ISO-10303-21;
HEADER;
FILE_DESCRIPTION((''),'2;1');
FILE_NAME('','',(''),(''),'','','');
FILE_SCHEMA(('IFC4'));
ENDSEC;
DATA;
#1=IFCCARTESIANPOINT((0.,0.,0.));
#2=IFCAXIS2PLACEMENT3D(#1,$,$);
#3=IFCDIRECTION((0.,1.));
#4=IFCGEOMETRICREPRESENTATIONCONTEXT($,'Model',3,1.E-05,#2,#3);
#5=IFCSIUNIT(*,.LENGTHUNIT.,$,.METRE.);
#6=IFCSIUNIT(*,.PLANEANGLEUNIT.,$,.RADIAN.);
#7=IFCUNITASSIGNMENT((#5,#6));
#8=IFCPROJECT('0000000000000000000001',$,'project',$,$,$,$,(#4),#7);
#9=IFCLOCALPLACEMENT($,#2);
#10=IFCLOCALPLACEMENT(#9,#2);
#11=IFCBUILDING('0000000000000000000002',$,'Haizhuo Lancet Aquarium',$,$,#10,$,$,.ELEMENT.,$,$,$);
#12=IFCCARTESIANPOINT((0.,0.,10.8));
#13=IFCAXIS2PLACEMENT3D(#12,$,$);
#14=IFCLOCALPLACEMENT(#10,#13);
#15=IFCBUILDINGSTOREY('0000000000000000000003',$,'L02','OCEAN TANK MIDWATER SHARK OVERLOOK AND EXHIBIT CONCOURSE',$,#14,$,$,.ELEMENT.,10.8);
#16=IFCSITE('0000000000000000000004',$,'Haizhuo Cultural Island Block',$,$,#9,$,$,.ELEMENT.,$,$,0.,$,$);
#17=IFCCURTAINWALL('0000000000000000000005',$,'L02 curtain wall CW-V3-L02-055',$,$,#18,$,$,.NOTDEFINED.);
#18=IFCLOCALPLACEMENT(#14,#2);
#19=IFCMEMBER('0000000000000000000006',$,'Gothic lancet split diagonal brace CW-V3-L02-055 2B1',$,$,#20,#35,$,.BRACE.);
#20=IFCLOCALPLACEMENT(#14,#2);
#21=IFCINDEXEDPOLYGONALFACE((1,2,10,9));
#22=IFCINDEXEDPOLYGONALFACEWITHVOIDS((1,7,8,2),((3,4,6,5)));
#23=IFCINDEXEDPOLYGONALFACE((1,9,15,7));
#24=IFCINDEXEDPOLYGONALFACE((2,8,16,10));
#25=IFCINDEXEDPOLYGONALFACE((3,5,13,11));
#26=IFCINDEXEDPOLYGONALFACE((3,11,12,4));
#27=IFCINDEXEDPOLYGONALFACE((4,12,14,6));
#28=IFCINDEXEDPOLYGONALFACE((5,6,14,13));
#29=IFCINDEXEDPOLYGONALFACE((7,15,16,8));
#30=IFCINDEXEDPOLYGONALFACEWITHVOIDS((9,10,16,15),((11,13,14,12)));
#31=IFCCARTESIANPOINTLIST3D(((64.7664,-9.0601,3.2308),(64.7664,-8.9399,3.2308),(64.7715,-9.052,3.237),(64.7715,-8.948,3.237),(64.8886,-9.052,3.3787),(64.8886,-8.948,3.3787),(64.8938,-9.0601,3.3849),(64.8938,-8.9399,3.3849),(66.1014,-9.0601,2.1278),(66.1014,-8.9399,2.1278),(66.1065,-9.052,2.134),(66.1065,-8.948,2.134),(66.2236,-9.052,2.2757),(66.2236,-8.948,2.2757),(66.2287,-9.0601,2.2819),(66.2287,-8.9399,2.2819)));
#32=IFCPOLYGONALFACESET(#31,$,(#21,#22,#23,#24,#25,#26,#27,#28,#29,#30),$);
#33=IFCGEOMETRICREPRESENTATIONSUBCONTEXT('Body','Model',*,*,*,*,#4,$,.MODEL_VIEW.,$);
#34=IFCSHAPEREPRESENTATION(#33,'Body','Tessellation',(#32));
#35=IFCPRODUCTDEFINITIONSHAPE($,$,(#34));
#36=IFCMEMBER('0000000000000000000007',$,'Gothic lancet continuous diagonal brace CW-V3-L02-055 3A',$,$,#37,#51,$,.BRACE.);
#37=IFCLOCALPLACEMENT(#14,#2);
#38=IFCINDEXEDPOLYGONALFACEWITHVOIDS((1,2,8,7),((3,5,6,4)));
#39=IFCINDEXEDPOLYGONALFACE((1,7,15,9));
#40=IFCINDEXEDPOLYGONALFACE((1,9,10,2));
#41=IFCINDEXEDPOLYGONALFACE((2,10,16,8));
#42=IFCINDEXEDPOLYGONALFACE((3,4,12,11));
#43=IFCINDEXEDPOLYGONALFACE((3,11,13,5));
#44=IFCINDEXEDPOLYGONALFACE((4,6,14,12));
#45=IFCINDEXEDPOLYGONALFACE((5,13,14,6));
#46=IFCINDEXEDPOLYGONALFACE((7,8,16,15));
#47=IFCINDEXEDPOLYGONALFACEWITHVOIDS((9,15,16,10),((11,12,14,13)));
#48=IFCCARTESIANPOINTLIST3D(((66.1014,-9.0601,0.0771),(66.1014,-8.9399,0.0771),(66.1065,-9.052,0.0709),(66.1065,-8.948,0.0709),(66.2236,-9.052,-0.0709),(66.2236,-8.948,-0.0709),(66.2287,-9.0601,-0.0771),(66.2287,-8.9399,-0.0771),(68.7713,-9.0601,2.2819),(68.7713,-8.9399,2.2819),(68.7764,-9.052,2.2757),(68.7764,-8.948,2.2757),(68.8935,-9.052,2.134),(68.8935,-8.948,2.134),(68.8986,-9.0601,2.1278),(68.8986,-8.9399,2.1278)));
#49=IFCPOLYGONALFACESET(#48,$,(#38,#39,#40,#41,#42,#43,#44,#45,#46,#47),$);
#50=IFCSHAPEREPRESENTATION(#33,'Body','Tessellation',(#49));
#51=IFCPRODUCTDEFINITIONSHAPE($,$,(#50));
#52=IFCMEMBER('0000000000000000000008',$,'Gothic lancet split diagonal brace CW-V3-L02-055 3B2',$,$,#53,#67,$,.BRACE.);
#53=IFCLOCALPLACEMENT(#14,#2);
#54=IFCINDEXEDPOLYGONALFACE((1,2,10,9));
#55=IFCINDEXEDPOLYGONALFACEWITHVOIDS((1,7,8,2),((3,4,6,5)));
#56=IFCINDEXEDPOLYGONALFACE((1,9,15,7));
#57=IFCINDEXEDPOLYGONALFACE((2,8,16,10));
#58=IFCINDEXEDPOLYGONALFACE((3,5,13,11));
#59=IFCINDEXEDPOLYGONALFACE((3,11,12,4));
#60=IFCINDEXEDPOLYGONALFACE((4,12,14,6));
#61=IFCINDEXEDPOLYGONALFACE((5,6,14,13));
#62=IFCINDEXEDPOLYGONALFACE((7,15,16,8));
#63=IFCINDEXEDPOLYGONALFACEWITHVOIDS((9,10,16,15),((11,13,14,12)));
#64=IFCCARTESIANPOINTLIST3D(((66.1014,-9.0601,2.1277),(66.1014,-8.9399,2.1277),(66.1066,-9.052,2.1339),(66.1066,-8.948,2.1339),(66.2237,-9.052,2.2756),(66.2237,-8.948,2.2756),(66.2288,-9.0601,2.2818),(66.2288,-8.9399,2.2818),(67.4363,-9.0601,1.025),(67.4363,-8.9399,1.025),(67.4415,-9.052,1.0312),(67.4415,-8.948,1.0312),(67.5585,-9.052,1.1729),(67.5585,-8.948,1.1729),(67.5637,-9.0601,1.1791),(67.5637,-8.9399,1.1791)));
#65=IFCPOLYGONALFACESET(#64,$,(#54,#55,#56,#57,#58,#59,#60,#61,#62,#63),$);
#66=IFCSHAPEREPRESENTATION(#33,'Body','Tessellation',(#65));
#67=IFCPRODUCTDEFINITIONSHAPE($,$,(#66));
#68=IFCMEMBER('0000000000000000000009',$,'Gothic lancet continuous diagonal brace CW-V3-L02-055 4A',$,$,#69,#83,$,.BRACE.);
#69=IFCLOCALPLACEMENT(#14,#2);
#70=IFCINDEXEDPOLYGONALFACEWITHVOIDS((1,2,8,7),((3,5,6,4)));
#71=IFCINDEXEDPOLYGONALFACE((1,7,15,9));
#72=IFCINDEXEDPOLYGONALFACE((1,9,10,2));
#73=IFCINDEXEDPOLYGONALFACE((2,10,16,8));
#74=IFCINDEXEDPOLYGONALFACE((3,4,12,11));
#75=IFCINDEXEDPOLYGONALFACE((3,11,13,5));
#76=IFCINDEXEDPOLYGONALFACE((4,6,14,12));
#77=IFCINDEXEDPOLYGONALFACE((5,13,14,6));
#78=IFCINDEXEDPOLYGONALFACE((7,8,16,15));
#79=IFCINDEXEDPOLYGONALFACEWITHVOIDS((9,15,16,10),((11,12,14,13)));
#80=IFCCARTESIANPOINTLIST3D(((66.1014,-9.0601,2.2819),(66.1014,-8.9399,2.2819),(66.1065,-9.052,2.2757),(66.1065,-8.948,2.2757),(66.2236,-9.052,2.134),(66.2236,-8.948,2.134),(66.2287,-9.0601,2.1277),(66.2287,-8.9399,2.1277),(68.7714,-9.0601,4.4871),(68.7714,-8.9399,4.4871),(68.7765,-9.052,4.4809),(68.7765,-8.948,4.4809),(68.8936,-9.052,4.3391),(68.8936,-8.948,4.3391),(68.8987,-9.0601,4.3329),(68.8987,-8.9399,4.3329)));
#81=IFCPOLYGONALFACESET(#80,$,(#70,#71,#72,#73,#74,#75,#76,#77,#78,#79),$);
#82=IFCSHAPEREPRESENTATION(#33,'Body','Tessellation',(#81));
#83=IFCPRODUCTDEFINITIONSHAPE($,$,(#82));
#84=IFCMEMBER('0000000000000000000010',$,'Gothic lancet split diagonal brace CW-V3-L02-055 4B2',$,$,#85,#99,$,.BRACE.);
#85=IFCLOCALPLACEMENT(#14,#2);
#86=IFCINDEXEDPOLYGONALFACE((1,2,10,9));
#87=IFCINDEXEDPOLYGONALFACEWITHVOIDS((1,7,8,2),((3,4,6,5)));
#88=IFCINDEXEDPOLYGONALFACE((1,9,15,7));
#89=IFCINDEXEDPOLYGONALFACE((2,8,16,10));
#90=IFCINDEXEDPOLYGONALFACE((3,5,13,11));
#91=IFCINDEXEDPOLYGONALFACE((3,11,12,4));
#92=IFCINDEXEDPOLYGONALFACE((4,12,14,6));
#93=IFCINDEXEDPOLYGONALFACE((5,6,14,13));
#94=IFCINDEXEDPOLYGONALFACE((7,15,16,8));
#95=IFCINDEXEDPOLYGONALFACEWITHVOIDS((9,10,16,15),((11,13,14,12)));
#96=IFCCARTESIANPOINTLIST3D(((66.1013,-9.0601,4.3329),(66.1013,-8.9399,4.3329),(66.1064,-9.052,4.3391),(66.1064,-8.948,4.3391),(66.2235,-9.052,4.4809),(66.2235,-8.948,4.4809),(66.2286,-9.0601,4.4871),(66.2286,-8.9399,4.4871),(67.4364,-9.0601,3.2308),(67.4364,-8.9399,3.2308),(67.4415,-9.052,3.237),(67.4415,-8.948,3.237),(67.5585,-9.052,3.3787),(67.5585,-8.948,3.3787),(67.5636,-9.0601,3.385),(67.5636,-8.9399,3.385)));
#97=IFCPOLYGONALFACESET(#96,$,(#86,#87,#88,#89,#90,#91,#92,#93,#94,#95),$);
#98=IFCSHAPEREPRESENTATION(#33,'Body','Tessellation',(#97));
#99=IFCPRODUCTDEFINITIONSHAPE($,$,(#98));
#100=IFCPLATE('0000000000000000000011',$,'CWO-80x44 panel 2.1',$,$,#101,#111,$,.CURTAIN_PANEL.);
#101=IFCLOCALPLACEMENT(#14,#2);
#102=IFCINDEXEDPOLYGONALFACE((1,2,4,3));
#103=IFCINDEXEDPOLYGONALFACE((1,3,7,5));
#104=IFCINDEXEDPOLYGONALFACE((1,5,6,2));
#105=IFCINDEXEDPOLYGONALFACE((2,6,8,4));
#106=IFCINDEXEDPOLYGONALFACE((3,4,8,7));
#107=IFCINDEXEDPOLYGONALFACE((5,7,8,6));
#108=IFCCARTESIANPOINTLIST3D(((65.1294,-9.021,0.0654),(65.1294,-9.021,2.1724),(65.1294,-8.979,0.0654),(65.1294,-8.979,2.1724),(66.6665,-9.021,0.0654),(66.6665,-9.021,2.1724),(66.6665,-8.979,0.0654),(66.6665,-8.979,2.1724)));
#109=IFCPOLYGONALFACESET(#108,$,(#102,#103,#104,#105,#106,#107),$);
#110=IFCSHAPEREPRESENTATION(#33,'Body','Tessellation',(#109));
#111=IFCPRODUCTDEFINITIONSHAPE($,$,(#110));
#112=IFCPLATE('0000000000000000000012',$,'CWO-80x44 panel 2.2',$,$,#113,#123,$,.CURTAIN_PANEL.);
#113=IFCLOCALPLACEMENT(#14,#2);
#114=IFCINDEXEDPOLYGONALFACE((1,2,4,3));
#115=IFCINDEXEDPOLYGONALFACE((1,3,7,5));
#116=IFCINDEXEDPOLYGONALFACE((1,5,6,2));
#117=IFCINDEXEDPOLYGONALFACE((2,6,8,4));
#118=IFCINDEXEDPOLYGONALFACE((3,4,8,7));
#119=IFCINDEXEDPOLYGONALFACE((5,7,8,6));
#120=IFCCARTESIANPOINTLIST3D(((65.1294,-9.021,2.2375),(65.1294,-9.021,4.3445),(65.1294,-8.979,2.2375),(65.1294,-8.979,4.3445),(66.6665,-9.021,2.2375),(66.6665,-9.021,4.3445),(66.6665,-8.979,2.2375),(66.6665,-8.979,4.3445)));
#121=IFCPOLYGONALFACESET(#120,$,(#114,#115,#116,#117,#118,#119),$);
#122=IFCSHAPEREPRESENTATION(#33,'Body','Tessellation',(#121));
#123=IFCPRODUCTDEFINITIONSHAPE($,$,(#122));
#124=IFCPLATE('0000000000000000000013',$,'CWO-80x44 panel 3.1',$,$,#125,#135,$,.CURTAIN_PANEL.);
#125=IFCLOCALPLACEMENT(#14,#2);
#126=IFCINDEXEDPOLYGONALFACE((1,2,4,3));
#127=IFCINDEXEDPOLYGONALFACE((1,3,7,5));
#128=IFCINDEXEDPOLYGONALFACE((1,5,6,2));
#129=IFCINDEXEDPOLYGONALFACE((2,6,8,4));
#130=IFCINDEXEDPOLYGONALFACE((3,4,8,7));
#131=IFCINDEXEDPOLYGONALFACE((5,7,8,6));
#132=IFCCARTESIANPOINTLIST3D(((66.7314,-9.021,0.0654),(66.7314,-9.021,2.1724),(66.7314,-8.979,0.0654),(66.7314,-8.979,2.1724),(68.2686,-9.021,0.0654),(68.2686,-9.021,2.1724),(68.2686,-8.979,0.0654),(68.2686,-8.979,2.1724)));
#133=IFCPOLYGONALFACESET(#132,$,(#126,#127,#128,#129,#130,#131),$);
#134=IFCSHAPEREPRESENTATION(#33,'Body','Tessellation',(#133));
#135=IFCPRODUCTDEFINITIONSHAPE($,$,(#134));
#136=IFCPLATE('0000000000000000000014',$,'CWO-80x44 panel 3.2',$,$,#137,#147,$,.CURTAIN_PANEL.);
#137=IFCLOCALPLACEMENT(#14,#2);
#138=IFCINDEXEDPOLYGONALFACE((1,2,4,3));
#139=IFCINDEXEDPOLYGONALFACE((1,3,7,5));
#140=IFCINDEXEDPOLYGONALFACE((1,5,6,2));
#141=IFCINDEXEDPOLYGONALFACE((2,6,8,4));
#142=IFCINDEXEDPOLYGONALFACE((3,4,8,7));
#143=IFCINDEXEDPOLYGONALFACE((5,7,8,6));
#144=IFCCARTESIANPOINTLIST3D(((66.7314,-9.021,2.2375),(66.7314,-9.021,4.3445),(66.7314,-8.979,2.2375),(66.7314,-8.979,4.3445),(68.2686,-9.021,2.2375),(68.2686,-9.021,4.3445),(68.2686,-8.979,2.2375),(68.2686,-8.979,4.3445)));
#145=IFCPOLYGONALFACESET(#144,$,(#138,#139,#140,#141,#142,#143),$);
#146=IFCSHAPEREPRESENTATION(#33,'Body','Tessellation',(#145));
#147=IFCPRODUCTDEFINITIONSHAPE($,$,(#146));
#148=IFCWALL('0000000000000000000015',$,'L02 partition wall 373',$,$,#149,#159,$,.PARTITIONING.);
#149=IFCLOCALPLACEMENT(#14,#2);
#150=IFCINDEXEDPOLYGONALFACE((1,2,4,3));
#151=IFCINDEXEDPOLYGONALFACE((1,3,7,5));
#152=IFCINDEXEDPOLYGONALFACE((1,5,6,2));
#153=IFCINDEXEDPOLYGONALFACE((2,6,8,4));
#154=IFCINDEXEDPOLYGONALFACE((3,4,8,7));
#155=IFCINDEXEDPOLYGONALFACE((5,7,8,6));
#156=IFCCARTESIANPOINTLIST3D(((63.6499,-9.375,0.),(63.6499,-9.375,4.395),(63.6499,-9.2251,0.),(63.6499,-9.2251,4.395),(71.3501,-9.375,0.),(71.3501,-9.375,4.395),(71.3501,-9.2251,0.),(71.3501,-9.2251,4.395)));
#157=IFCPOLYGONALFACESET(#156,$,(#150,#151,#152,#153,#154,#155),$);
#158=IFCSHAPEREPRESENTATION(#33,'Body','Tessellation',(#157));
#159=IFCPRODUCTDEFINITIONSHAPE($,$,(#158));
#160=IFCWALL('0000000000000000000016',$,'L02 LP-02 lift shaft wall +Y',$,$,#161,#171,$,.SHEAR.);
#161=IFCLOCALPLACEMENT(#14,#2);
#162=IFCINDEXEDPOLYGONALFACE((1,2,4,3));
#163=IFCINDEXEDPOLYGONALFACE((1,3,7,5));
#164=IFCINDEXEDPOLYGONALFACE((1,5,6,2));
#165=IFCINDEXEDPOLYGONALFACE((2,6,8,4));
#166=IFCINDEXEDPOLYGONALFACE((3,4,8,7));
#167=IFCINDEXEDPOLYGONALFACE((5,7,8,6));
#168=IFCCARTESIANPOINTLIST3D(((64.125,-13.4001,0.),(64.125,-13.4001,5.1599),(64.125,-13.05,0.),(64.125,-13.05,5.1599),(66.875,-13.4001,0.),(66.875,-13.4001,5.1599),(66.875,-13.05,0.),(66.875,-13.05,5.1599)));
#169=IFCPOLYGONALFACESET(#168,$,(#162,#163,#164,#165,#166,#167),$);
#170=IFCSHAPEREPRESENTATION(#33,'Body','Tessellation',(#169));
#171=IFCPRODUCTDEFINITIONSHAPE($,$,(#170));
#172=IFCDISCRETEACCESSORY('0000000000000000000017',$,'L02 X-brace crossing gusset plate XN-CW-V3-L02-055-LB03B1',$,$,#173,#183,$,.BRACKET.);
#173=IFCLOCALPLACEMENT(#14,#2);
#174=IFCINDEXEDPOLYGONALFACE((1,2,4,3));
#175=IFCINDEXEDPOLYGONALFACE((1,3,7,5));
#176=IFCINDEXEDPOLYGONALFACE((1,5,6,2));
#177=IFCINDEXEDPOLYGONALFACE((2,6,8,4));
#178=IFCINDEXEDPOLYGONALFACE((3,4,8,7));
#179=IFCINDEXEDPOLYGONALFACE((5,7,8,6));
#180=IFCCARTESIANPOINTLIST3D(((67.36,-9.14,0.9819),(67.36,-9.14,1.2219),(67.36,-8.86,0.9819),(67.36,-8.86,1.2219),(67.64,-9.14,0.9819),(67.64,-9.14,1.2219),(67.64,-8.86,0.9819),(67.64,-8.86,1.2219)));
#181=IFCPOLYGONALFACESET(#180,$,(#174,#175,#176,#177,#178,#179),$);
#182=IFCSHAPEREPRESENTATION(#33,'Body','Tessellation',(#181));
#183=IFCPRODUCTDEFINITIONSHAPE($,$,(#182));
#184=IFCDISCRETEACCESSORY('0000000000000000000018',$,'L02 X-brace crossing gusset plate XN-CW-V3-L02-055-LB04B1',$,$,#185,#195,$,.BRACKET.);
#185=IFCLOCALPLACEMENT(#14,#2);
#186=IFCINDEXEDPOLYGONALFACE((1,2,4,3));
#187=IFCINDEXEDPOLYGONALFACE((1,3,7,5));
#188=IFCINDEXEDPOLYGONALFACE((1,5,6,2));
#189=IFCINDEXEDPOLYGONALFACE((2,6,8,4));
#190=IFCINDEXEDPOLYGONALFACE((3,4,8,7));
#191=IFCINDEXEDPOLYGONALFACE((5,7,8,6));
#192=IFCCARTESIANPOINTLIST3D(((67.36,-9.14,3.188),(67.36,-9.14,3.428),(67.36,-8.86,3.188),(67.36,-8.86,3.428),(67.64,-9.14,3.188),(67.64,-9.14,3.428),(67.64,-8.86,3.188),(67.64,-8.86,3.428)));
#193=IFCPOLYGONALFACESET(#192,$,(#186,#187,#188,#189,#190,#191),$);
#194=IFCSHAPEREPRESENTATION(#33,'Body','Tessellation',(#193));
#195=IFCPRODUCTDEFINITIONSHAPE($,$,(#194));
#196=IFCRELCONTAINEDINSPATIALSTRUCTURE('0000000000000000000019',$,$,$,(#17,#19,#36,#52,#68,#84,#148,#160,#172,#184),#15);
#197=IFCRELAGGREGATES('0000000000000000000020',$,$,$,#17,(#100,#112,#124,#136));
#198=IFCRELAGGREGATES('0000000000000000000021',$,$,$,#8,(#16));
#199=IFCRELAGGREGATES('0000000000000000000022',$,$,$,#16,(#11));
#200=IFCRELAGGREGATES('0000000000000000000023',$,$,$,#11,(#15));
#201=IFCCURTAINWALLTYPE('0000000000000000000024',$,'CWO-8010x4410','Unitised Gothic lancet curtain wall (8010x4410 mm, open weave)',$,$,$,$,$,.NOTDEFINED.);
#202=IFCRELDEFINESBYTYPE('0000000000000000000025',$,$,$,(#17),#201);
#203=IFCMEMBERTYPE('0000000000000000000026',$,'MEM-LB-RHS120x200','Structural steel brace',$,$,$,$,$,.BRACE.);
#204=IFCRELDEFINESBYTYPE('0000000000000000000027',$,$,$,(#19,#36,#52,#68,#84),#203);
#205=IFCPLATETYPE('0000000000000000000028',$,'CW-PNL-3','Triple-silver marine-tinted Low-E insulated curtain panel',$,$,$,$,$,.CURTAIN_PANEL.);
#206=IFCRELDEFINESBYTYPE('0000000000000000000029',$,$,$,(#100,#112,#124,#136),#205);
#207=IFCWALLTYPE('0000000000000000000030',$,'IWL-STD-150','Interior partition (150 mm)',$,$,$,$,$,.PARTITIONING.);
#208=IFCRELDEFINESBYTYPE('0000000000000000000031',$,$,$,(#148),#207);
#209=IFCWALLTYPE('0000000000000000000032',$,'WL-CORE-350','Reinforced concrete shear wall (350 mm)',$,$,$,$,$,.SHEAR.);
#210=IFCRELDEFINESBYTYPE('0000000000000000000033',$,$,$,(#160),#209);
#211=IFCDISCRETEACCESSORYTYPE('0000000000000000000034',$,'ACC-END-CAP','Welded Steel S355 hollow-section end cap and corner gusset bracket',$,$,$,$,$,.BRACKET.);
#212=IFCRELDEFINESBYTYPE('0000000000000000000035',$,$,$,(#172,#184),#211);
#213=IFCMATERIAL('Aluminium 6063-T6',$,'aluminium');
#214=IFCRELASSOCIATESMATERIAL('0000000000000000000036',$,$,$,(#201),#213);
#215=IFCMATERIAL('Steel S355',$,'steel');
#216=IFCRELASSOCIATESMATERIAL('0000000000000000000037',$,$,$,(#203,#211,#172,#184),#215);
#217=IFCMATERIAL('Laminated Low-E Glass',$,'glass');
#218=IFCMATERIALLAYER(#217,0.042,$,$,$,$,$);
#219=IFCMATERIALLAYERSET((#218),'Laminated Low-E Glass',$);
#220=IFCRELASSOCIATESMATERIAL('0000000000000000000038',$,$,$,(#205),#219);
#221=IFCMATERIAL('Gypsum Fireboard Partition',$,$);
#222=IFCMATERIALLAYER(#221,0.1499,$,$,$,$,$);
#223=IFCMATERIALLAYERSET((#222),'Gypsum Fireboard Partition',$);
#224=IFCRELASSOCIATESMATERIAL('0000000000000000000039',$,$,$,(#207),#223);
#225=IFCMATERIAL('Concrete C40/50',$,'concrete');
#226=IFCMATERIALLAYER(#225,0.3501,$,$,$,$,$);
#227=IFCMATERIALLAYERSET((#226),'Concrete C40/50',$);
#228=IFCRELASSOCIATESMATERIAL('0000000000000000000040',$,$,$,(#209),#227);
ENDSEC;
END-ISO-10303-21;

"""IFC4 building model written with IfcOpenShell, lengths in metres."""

from ifc_helpers import new_model, si_unit, direction, frame, frame_2d, origin, origin_2d, place, context, subcontext, project, spatial, rectangle, hollow_rectangle, extrude, material, layer, layer_set, material_profile, profile_set, type_object, element, aggregate, save


model = new_model("IFC4")

# Units and contexts
model_context = context("Model", 3, precision=1e-05, world=origin(), true_north=direction((0.0, 1.0)))
body_context = subcontext(model_context, "Body", "Model", "MODEL_VIEW")
ifc_project = project(units=[si_unit("LENGTHUNIT", "METRE"), si_unit("PLANEANGLEUNIT", "RADIAN")], contexts=[model_context])

# Site, building, storey
site_placement = place(None, origin())
site = spatial("IfcSite", under=ifc_project, at=site_placement, Name="Haizhuo Cultural Island Block", CompositionType="ELEMENT", RefElevation=0.0)
building_placement = place(site_placement, origin())
building = spatial("IfcBuilding", under=site, at=building_placement, Name="Haizhuo Lancet Aquarium", CompositionType="ELEMENT")
storey_placement = place(building_placement, frame((0.0, 0.0, 10.8)))
storey = spatial("IfcBuildingStorey", under=building, at=storey_placement, Name="L02", Description="OCEAN TANK MIDWATER SHARK OVERLOOK AND EXHIBIT CONCOURSE", CompositionType="ELEMENT", Elevation=10.8)

# Curtain wall
ifc_material_1 = material(Name="Aluminium 6063-T6", Category="aluminium")
curtain_wall_type_1 = type_object("IfcCurtainWallType", Name="CWO-8010x4410", Description="Unitised Gothic lancet curtain wall (8010x4410 mm, open weave)", PredefinedType="NOTDEFINED", material=ifc_material_1)
curtain_wall_1_placement = place(storey_placement, origin())
curtain_wall_1 = element("IfcCurtainWall", 1, at=curtain_wall_1_placement, inside=storey, type_object=curtain_wall_type_1, Name="L02 curtain wall CW-V3-L02-055", PredefinedType="NOTDEFINED")

# Members
ifc_material_2 = material(Name="Steel S355", Category="steel")
ifc_material_profile_1 = material_profile(ifc_material_2, hollow_rectangle(XDim=0.1201, YDim=0.2, WallThickness=0.0081, at=origin_2d()), Name="RHS 120x200x8")
ifc_profile_set_1 = profile_set([ifc_material_profile_1], Name="Steel S355")
member_type_1 = type_object("IfcMemberType", Name="MEM-LB-RHS120x200", Description="Structural steel brace", PredefinedType="BRACE", material=ifc_profile_set_1)
member_1_placement = place(storey_placement, frame((66.165, -9.0, 2.2048), z_axis=(-0.770896, 0.0, 0.636962), x_axis=(0.0, -1.0, 0.0)))
element("IfcMember", 2, at=member_1_placement, inside=storey, type_object=member_type_1, Name="Gothic lancet split diagonal brace CW-V3-L02-055 2B1", PredefinedType="BRACE", context=body_context, shape_type="SweptSolid", body=[
    extrude(hollow_rectangle(XDim=0.1201, YDim=0.2, WallThickness=0.0081, at=origin_2d()), origin(), (0.0, 0.0, 1.0), 1.7317),
])
member_2_placement = place(storey_placement, frame((66.165, -9.0, 0.0), z_axis=(0.771069, 0.0, 0.636752), x_axis=(0.0, 1.0, 0.0)))
element("IfcMember", 3, at=member_2_placement, inside=storey, type_object=member_type_1, Name="Gothic lancet continuous diagonal brace CW-V3-L02-055 3A", PredefinedType="BRACE", context=body_context, shape_type="SweptSolid", body=[
    extrude(hollow_rectangle(XDim=0.1201, YDim=0.2, WallThickness=0.0081, at=origin_2d()), origin(), (0.0, 0.0, 1.0), 3.4626),
])
member_3_placement = place(storey_placement, frame((67.5, -9.0, 1.1021), z_axis=(-0.770965, 0.0, 0.636878), x_axis=(0.0, -1.0, 0.0)))
element("IfcMember", 4, at=member_3_placement, inside=storey, type_object=member_type_1, Name="Gothic lancet split diagonal brace CW-V3-L02-055 3B2", PredefinedType="BRACE", context=body_context, shape_type="SweptSolid", body=[
    extrude(hollow_rectangle(XDim=0.1201, YDim=0.2, WallThickness=0.0081, at=origin_2d()), origin(), (0.0, 0.0, 1.0), 1.7314),
])
member_4_placement = place(storey_placement, frame((66.165, -9.0, 2.2048), z_axis=(0.771034, 0.0, 0.636794), x_axis=(0.0, 1.0, 0.0)))
element("IfcMember", 5, at=member_4_placement, inside=storey, type_object=member_type_1, Name="Gothic lancet continuous diagonal brace CW-V3-L02-055 4A", PredefinedType="BRACE", context=body_context, shape_type="SweptSolid", body=[
    extrude(hollow_rectangle(XDim=0.1201, YDim=0.2, WallThickness=0.0081, at=origin_2d()), origin(), (0.0, 0.0, 1.0), 3.4629),
])
member_5_placement = place(storey_placement, frame((67.5, -9.0, 3.3079), z_axis=(-0.771172, 0.0, 0.636626), x_axis=(0.0, -1.0, 0.0)))
element("IfcMember", 6, at=member_5_placement, inside=storey, type_object=member_type_1, Name="Gothic lancet split diagonal brace CW-V3-L02-055 4B2", PredefinedType="BRACE", context=body_context, shape_type="SweptSolid", body=[
    extrude(hollow_rectangle(XDim=0.1201, YDim=0.2, WallThickness=0.0081, at=origin_2d()), origin(), (0.0, 0.0, 1.0), 1.7312),
])

# Plates
ifc_material_3 = material(Name="Laminated Low-E Glass", Category="glass")
ifc_layer_1 = layer(ifc_material_3, 0.042)
ifc_layer_set_1 = layer_set([ifc_layer_1], Name="Laminated Low-E Glass")
plate_type = type_object("IfcPlateType", Name="CW-PNL-3", Description="Triple-silver marine-tinted Low-E insulated curtain panel", PredefinedType="CURTAIN_PANEL", material=ifc_layer_set_1)
plate_1_placement = place(storey_placement, frame((65.8979, -9.0, 0.0654), z_axis=(0.0, 0.0, 1.0), x_axis=(1.0, 0.0, 0.0)))
plate_1 = element("IfcPlate", 7, at=plate_1_placement, type_object=plate_type, Name="CWO-80x44 panel 2.1", PredefinedType="CURTAIN_PANEL", context=body_context, shape_type="SweptSolid", body=[
    extrude(rectangle(XDim=1.5371, YDim=0.042, at=origin_2d()), origin(), (0.0, 0.0, 1.0), 2.1069),
])
plate_2_placement = place(storey_placement, frame((65.8979, -9.0, 2.2375), z_axis=(0.0, 0.0, 1.0), x_axis=(1.0, 0.0, 0.0)))
plate_2 = element("IfcPlate", 8, at=plate_2_placement, type_object=plate_type, Name="CWO-80x44 panel 2.2", PredefinedType="CURTAIN_PANEL", context=body_context, shape_type="SweptSolid", body=[
    extrude(rectangle(XDim=1.5371, YDim=0.042, at=origin_2d()), origin(), (0.0, 0.0, 1.0), 2.1069),
])
plate_3_placement = place(storey_placement, frame((67.5, -9.0, 0.0654), z_axis=(0.0, 0.0, 1.0), x_axis=(1.0, 0.0, 0.0)))
plate_3 = element("IfcPlate", 9, at=plate_3_placement, type_object=plate_type, Name="CWO-80x44 panel 3.1", PredefinedType="CURTAIN_PANEL", context=body_context, shape_type="SweptSolid", body=[
    extrude(rectangle(XDim=1.5371, YDim=0.042, at=origin_2d()), origin(), (0.0, 0.0, 1.0), 2.1069),
])
plate_4_placement = place(storey_placement, frame((67.5, -9.0, 2.2375), z_axis=(0.0, 0.0, 1.0), x_axis=(1.0, 0.0, 0.0)))
plate_4 = element("IfcPlate", 10, at=plate_4_placement, type_object=plate_type, Name="CWO-80x44 panel 3.2", PredefinedType="CURTAIN_PANEL", context=body_context, shape_type="SweptSolid", body=[
    extrude(rectangle(XDim=1.5371, YDim=0.042, at=origin_2d()), origin(), (0.0, 0.0, 1.0), 2.1069),
])
aggregate(curtain_wall_1, [plate_1, plate_2, plate_3, plate_4])

# Walls
ifc_material_4 = material(Name="Gypsum Fireboard Partition")
ifc_layer_2 = layer(ifc_material_4, 0.1499)
ifc_layer_set_2 = layer_set([ifc_layer_2], Name="Gypsum Fireboard Partition")
wall_type_1 = type_object("IfcWallType", Name="IWL-STD-150", Description="Interior partition (150 mm)", PredefinedType="PARTITIONING", material=ifc_layer_set_2)
wall_1_placement = place(storey_placement, frame((71.3501, -9.3, 0.0), z_axis=(0.0, 0.0, 1.0), x_axis=(-1.0, 0.0, 0.0)))
element("IfcWall", 11, at=wall_1_placement, inside=storey, type_object=wall_type_1, Name="L02 partition wall 373", PredefinedType="PARTITIONING", context=body_context, shape_type="SweptSolid", body=[
    extrude(rectangle(XDim=7.7002, YDim=0.1499, at=frame_2d((3.8501, 0.0))), origin(), (0.0, 0.0, 1.0), 4.395),
])
ifc_material_5 = material(Name="Concrete C40/50", Category="concrete")
ifc_layer_3 = layer(ifc_material_5, 0.3501)
ifc_layer_set_3 = layer_set([ifc_layer_3], Name="Concrete C40/50")
wall_type_2 = type_object("IfcWallType", Name="WL-CORE-350", Description="Reinforced concrete shear wall (350 mm)", PredefinedType="SHEAR", material=ifc_layer_set_3)
wall_2_placement = place(storey_placement, frame((66.875, -13.2251, 0.0), z_axis=(0.0, 0.0, 1.0), x_axis=(-1.0, 0.0, 0.0)))
element("IfcWall", 12, at=wall_2_placement, inside=storey, type_object=wall_type_2, Name="L02 LP-02 lift shaft wall +Y", PredefinedType="SHEAR", context=body_context, shape_type="SweptSolid", body=[
    extrude(rectangle(XDim=2.75, YDim=0.3501, at=frame_2d((1.375, 0.0))), origin(), (0.0, 0.0, 1.0), 5.1599),
])

# Discrete accessories
discrete_accessory_type = type_object("IfcDiscreteAccessoryType", Name="ACC-END-CAP", Description="Welded Steel S355 hollow-section end cap and corner gusset bracket", PredefinedType="BRACKET", material=ifc_material_2)
for number, where, z_axis, x_axis, name in (
    (13, (67.5, -9.0, 0.9819), (0.0, 0.0, 1.0), (1.0, 0.0, 0.0), "L02 X-brace crossing gusset plate XN-CW-V3-L02-055-LB03B1"),
    (14, (67.5, -9.0, 3.188), (0.0, 0.0, 1.0), (1.0, 0.0, 0.0), "L02 X-brace crossing gusset plate XN-CW-V3-L02-055-LB04B1"),
):
    element("IfcDiscreteAccessory", number, at=place(storey_placement, frame(where, z_axis=z_axis, x_axis=x_axis)), inside=storey, type_object=discrete_accessory_type, material=ifc_material_2, Name=name, PredefinedType="BRACKET", context=body_context, shape_type="SweptSolid", body=[
        extrude(rectangle(XDim=0.28, YDim=0.28, at=origin_2d()), origin(), (0.0, 0.0, 1.0), 0.24),
    ])

save(model, "model.ifc")
